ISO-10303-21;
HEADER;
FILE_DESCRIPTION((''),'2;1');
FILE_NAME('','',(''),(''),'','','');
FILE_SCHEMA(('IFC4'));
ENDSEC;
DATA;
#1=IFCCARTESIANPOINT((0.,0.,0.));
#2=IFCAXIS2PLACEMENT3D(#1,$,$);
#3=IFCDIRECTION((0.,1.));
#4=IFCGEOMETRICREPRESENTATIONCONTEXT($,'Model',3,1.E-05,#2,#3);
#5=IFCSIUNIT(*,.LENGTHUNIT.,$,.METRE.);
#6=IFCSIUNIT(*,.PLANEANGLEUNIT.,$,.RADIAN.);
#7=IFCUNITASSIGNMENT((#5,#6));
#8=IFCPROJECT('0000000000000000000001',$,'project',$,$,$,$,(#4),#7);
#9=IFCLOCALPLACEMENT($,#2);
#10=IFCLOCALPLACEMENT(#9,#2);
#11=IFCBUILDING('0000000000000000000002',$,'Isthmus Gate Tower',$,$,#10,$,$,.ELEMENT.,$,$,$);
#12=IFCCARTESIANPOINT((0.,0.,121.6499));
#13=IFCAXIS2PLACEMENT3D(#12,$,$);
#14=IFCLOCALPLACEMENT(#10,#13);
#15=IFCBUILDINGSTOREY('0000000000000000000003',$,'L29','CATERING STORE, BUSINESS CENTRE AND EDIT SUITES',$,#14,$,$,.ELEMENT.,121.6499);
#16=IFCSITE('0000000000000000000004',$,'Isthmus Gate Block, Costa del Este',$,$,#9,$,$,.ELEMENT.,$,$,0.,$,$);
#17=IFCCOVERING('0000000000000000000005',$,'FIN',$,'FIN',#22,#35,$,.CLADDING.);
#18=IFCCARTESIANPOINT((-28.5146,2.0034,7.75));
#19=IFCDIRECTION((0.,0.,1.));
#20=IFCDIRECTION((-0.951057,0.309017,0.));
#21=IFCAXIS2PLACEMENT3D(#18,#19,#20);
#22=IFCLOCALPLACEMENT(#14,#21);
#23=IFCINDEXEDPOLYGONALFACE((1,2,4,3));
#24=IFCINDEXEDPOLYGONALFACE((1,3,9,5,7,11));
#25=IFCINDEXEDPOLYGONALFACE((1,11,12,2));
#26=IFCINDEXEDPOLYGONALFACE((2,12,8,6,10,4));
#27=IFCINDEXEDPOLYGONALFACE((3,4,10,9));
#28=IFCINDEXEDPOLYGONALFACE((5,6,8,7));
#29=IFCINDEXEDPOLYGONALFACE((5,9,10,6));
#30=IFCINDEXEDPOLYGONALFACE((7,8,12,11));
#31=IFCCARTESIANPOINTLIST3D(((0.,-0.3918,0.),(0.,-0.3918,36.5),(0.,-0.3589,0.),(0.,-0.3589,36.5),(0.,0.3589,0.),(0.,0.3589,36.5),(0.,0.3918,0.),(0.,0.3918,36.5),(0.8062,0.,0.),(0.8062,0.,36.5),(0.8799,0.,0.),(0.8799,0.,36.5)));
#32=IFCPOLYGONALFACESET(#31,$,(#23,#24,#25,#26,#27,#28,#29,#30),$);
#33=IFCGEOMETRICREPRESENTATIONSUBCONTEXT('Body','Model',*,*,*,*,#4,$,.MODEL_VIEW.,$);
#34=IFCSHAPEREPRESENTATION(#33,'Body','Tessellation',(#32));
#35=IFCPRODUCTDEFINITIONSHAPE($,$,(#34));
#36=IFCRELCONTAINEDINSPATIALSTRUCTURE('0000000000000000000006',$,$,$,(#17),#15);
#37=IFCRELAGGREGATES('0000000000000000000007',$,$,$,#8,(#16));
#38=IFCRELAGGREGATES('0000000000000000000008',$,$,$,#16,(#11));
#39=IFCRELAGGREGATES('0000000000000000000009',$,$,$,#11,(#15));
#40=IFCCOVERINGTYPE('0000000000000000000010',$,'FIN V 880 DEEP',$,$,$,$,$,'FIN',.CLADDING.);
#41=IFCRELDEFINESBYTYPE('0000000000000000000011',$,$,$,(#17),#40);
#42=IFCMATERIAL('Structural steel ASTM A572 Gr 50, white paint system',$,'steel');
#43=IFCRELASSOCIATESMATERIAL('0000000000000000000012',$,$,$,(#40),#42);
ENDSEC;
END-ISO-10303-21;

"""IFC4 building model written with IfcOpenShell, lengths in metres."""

from ifc_helpers import new_model, si_unit, direction, frame, origin, place, context, subcontext, project, spatial, polyline, outline, extrude, material, material_profile, profile_set, type_object, element, save


model = new_model("IFC4")

# Units and contexts
model_context = context("Model", 3, precision=1e-05, world=origin(), true_north=direction((0.0, 1.0)))
body_context = subcontext(model_context, "Body", "Model", "MODEL_VIEW")
ifc_project = project(units=[si_unit("LENGTHUNIT", "METRE"), si_unit("PLANEANGLEUNIT", "RADIAN")], contexts=[model_context])

# Site, building, storey
site_placement = place(None, origin())
site = spatial("IfcSite", under=ifc_project, at=site_placement, Name="Isthmus Gate Block, Costa del Este", CompositionType="ELEMENT", RefElevation=0.0)
building_placement = place(site_placement, origin())
building = spatial("IfcBuilding", under=site, at=building_placement, Name="Isthmus Gate Tower", CompositionType="ELEMENT")
storey_placement = place(building_placement, frame((0.0, 0.0, 121.6499)))
storey = spatial("IfcBuildingStorey", under=building, at=storey_placement, Name="L29", Description="CATERING STORE, BUSINESS CENTRE AND EDIT SUITES", CompositionType="ELEMENT", Elevation=121.6499)

# Covering
ifc_material_1 = material(Name="Structural steel ASTM A572 Gr 50, white paint system", Category="steel")
ifc_material_profile_1 = material_profile(ifc_material_1, outline(polyline([(0.0, -0.3918), (0.8799, 0.0), (0.0, 0.3918), (0.0, 0.3589), (0.8062, 0.0), (0.0, -0.3589), (0.0, -0.3918)])), Name="V880")
ifc_profile_set_1 = profile_set([ifc_material_profile_1], Name="Structural steel ASTM A572 Gr 50, white paint system")
covering_type_1 = type_object("IfcCoveringType", Name="FIN V 880 DEEP", ElementType="FIN", PredefinedType="CLADDING", material=ifc_profile_set_1)
for number, where, z_axis, x_axis, name in (
    (1, (-28.5146, 2.0034, 7.75), (0.0, 0.0, 1.0), (-0.951057, 0.309017, 0.0), "FIN"),
):
    element("IfcCovering", number, at=place(storey_placement, frame(where, z_axis=z_axis, x_axis=x_axis)), inside=storey, type_object=covering_type_1, Name=name, ObjectType="FIN", PredefinedType="CLADDING", context=body_context, shape_type="SweptSolid", body=[
        extrude(outline(polyline([(0.0, -0.3918), (0.8799, 0.0), (0.0, 0.3918), (0.0, 0.3589), (0.8062, 0.0), (0.0, -0.3589), (0.0, -0.3918)])), origin(), (0.0, 0.0, 1.0), 36.5),
    ])

save(model, "model.ifc")
